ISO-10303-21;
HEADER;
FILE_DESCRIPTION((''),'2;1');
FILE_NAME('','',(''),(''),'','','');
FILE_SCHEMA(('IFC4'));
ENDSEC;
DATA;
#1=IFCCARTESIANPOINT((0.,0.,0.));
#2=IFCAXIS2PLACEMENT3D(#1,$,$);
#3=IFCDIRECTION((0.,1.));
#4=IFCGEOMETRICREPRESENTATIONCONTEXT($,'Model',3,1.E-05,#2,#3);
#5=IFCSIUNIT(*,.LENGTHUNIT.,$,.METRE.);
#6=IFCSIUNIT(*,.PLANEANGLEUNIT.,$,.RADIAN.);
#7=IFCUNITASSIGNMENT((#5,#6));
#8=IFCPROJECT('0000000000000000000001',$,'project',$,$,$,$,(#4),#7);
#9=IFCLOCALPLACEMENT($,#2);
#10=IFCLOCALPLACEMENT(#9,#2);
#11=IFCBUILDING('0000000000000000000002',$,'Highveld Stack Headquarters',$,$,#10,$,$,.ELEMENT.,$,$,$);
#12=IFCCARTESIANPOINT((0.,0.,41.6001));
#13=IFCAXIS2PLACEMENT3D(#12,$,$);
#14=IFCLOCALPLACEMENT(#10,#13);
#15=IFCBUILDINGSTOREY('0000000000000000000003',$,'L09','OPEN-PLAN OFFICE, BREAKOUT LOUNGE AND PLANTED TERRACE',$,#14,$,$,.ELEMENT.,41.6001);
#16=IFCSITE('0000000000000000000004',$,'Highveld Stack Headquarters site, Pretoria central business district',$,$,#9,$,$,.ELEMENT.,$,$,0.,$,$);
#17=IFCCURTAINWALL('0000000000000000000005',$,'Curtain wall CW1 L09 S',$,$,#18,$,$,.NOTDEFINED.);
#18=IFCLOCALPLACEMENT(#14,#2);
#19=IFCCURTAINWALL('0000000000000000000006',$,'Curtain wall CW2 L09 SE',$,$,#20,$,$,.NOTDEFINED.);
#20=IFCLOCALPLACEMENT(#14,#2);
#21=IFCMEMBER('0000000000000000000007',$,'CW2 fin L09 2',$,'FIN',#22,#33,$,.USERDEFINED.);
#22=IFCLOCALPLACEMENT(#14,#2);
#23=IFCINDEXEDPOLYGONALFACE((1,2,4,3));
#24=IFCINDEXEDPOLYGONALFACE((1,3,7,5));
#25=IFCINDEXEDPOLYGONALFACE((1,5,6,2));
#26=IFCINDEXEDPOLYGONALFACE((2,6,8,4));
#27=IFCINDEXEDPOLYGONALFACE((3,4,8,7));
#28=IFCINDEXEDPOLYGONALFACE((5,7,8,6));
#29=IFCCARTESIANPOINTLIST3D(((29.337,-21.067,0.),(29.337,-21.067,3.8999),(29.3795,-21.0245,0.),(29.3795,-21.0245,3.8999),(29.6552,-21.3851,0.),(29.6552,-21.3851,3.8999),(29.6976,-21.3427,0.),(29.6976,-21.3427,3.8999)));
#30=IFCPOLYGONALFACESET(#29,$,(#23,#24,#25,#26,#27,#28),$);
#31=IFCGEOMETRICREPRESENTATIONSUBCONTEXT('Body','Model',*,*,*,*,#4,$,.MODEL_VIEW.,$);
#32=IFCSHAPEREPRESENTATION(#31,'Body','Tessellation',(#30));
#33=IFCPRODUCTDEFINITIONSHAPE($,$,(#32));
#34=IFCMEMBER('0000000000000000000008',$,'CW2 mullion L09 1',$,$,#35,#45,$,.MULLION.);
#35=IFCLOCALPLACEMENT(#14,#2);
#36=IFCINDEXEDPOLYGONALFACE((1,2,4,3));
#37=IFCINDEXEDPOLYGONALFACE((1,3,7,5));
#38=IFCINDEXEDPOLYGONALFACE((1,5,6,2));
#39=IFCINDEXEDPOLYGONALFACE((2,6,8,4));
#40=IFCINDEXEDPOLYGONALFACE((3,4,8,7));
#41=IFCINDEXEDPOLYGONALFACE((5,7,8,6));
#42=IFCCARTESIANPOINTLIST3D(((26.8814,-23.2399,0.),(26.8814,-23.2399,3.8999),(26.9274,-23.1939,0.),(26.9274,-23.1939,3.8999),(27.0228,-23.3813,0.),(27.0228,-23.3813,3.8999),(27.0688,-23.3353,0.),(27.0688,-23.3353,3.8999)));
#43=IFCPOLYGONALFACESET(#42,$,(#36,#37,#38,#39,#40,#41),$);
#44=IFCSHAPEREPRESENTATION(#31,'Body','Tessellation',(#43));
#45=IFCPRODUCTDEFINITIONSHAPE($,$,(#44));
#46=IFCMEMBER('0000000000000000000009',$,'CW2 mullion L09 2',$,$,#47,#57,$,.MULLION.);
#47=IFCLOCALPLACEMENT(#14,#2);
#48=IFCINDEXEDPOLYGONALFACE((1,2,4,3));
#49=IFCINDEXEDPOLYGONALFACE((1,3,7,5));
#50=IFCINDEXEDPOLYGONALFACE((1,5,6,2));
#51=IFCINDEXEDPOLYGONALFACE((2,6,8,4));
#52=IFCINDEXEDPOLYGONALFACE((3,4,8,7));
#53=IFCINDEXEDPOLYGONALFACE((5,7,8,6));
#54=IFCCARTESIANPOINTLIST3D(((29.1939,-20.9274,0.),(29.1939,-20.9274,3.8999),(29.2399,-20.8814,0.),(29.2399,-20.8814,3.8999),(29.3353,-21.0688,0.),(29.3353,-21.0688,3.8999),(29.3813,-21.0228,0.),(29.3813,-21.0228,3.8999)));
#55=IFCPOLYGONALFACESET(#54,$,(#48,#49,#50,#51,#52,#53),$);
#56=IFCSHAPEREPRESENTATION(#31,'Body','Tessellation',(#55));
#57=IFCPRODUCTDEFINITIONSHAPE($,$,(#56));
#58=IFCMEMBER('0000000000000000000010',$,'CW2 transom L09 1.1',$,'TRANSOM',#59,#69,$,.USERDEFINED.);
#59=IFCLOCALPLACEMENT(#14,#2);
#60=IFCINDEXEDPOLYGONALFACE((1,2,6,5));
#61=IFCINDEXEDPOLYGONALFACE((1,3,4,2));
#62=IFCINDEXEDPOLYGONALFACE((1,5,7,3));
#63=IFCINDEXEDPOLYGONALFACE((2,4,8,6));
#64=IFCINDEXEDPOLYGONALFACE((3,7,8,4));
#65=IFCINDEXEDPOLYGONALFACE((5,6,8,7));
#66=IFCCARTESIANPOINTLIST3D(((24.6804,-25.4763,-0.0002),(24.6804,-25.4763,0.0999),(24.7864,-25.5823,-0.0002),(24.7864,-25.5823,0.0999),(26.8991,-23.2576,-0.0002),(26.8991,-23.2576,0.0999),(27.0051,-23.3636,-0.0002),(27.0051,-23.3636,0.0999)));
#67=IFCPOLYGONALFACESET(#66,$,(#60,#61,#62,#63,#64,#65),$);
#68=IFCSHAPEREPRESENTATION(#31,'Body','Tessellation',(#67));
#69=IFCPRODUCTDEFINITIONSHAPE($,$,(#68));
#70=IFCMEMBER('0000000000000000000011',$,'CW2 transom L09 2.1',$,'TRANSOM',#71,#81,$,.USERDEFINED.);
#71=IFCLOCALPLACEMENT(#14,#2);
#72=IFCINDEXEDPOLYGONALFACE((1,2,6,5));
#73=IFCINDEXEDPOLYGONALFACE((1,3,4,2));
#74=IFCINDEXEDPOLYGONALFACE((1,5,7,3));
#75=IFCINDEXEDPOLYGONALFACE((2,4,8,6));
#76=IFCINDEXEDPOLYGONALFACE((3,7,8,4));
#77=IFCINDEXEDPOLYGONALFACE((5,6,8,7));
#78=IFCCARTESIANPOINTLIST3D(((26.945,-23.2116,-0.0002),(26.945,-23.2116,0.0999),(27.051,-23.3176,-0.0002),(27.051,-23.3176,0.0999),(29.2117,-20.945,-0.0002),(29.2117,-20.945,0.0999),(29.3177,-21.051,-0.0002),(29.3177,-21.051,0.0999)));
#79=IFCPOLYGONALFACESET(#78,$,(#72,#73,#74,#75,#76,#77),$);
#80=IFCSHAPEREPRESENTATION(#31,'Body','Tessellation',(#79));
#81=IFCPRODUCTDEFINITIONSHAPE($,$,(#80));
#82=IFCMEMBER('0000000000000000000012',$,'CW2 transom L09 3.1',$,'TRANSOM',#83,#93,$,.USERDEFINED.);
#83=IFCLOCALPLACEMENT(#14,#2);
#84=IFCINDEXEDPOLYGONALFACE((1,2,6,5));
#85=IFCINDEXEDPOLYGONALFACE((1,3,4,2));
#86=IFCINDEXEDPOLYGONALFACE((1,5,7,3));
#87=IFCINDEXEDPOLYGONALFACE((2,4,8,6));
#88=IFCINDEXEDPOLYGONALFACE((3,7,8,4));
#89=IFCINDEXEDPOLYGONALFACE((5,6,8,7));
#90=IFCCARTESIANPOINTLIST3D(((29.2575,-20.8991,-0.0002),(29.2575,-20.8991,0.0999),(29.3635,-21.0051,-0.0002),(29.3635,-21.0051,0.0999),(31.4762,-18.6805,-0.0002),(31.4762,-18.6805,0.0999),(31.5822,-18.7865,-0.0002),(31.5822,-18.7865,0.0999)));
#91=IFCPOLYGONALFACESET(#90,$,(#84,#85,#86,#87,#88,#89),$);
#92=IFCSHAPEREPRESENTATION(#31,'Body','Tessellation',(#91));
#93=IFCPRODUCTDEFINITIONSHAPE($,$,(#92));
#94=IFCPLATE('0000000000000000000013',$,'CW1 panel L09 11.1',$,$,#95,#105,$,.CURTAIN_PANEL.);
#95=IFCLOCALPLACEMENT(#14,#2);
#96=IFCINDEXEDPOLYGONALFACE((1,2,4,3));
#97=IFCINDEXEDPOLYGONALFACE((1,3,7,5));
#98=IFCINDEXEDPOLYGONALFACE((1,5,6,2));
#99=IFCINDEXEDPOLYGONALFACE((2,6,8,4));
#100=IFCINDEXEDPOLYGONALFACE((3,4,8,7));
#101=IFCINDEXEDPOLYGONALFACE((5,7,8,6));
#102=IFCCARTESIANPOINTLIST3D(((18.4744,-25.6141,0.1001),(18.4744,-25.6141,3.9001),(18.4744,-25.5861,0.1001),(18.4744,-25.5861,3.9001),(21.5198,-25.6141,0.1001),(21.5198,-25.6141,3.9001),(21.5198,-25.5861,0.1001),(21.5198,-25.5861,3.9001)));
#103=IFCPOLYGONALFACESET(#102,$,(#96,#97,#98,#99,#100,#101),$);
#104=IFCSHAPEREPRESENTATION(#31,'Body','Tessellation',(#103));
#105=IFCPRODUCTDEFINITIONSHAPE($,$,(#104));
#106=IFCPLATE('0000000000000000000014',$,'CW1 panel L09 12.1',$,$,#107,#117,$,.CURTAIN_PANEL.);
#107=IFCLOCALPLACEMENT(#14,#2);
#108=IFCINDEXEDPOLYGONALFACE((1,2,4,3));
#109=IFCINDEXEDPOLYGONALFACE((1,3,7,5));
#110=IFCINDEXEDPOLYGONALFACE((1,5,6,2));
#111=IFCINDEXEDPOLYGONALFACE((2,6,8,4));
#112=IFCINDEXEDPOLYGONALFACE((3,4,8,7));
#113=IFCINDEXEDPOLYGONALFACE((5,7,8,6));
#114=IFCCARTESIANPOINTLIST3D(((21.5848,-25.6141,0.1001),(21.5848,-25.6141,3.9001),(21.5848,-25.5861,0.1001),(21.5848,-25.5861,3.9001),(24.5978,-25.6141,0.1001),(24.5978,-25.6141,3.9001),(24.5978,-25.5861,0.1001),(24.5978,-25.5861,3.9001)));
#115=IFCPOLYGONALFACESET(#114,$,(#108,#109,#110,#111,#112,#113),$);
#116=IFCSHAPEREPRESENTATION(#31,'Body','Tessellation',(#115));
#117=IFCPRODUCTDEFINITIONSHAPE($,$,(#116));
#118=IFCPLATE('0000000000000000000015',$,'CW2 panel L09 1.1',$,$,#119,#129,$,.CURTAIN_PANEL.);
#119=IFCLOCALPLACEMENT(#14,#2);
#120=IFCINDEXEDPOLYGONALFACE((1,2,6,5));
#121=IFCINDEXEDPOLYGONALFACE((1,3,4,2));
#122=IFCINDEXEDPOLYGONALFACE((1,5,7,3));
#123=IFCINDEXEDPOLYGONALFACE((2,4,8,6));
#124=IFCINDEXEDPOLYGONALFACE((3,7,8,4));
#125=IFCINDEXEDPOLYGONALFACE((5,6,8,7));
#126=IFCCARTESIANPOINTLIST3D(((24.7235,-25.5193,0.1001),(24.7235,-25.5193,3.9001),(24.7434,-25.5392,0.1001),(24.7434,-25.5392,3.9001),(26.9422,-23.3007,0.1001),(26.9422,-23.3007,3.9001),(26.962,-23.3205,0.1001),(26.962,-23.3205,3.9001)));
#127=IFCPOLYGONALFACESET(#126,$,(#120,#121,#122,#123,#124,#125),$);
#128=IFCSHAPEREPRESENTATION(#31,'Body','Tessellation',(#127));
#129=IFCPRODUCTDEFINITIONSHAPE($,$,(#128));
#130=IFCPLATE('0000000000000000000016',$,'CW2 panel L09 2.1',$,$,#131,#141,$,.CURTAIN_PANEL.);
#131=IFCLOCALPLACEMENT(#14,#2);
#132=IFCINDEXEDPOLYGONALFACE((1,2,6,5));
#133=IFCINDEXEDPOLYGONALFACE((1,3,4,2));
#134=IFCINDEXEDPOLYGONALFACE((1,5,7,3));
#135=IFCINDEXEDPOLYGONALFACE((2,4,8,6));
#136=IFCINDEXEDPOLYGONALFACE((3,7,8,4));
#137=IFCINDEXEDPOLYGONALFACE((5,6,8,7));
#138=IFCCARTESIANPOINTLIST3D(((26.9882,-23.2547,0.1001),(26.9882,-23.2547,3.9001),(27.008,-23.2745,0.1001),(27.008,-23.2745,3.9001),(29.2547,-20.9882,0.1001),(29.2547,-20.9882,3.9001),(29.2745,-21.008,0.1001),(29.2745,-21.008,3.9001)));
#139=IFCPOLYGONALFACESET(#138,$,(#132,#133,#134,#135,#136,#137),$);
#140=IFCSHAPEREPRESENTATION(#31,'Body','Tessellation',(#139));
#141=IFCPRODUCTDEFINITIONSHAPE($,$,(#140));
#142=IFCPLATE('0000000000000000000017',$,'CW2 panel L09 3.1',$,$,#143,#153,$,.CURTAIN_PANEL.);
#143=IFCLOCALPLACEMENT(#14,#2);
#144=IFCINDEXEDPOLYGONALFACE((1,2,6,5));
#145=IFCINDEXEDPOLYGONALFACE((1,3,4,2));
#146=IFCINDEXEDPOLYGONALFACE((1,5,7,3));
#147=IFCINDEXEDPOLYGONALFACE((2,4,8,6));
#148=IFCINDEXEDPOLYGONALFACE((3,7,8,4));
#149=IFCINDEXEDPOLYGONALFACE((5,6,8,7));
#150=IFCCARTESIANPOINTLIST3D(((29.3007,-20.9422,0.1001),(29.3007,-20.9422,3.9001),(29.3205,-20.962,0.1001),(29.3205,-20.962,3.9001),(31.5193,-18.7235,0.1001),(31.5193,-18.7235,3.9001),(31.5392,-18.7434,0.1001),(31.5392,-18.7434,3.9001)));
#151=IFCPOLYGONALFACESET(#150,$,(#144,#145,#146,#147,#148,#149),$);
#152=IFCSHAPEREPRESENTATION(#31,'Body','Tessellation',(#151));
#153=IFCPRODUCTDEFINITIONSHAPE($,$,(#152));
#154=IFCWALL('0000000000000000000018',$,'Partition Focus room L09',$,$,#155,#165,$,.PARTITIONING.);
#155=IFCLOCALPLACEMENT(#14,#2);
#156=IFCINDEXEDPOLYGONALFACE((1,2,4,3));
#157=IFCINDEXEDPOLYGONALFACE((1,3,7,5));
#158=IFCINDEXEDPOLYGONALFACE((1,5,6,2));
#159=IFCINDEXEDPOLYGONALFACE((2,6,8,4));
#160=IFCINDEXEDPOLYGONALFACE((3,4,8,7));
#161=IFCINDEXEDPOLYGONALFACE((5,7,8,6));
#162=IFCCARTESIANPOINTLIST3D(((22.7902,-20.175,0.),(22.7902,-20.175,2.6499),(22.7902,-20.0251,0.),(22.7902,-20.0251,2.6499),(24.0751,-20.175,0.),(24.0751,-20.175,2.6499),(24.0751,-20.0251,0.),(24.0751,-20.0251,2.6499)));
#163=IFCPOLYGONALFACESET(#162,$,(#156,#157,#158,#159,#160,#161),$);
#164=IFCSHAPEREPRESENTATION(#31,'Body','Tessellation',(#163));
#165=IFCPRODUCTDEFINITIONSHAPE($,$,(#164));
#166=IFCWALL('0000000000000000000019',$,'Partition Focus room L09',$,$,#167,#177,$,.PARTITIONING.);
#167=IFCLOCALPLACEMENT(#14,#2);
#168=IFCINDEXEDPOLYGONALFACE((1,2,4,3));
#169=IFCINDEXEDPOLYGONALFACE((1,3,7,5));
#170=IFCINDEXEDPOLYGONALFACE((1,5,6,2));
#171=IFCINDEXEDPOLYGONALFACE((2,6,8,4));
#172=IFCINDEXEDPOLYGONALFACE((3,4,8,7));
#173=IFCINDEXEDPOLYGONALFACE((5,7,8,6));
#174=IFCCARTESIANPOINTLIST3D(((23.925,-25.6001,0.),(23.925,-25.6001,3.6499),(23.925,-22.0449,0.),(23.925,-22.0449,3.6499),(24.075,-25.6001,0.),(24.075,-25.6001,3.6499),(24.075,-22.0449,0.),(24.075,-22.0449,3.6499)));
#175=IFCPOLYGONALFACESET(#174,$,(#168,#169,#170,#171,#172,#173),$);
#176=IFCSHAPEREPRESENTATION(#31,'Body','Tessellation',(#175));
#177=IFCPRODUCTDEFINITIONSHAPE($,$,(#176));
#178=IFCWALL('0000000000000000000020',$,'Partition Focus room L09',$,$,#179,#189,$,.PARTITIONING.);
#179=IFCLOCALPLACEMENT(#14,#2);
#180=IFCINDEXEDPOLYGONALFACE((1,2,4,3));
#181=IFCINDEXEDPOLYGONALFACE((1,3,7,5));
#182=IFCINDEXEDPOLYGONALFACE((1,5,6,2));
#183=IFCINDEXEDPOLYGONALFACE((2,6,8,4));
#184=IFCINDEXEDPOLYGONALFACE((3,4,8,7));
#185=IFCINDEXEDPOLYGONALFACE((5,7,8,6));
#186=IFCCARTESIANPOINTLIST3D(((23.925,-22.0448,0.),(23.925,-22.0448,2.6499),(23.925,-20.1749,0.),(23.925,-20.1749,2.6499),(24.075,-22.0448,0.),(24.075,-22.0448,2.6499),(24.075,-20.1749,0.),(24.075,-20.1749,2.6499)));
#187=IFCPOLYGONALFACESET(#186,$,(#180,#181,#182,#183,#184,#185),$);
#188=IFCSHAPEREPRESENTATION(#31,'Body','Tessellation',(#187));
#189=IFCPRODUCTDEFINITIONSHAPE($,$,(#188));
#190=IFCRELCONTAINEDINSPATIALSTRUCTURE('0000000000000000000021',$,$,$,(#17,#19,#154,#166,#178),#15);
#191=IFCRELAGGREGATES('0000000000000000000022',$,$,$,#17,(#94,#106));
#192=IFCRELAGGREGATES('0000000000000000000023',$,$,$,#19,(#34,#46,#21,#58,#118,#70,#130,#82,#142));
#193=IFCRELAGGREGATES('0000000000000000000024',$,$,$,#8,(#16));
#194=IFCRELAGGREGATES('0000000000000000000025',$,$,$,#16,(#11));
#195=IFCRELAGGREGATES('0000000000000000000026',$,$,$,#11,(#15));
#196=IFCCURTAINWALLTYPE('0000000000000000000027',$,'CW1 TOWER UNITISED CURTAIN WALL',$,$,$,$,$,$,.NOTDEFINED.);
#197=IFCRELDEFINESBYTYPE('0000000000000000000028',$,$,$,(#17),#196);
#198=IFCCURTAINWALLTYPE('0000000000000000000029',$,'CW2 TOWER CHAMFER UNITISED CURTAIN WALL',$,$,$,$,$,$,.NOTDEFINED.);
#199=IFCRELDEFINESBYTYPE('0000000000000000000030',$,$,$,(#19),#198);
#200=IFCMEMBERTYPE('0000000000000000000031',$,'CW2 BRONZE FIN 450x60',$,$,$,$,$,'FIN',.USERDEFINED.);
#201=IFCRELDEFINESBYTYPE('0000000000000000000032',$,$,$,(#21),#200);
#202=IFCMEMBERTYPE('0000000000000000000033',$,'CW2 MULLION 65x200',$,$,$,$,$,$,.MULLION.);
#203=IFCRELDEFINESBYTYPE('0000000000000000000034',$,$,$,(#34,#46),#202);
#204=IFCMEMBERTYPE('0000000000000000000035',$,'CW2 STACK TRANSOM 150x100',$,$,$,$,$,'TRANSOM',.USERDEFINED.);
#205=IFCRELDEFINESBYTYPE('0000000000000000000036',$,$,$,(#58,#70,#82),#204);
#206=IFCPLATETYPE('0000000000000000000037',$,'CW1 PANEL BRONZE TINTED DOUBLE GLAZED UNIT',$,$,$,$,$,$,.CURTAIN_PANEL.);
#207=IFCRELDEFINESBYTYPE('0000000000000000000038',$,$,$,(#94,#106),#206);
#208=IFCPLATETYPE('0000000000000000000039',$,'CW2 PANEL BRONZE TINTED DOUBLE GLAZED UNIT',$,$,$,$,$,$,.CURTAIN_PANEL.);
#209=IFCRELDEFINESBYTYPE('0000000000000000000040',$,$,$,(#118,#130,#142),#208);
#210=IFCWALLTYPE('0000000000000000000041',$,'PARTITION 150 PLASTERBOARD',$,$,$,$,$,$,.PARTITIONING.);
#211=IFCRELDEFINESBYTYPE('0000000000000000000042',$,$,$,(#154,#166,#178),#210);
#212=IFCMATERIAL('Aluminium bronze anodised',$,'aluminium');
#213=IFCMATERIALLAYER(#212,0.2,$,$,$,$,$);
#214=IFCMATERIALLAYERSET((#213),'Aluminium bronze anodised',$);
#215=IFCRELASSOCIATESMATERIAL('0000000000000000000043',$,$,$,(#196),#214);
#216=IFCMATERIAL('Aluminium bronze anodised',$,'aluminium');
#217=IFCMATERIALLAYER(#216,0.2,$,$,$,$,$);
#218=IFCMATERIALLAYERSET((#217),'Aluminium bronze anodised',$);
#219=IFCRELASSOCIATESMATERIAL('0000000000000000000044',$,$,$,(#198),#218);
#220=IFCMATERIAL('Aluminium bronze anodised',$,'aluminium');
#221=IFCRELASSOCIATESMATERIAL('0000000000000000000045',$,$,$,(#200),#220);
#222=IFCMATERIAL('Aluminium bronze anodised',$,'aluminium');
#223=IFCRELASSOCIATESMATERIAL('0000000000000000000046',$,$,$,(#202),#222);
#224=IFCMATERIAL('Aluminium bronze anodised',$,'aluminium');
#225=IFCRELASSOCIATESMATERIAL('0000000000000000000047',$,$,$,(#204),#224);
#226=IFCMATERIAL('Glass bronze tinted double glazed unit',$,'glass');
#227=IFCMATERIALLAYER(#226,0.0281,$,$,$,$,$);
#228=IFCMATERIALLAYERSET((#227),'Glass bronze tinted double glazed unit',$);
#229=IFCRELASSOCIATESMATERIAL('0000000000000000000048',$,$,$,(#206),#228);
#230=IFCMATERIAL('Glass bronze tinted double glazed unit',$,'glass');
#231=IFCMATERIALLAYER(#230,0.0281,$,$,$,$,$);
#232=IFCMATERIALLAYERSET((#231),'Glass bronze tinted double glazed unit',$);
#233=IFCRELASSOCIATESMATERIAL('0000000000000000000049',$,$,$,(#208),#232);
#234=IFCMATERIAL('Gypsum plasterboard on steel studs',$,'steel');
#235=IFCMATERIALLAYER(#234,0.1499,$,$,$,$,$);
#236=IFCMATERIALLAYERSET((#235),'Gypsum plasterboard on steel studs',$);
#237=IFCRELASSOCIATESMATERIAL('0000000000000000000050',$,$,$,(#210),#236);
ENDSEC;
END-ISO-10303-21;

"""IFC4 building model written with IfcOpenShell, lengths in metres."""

from ifc_helpers import new_model, si_unit, direction, frame, frame_2d, origin, origin_2d, place, context, subcontext, project, spatial, rectangle, extrude, material, layer, layer_set, material_profile, profile_set, type_object, element, aggregate, save


model = new_model("IFC4")

# Units and contexts
model_context = context("Model", 3, precision=1e-05, world=origin(), true_north=direction((0.0, 1.0)))
body_context = subcontext(model_context, "Body", "Model", "MODEL_VIEW")
ifc_project = project(units=[si_unit("LENGTHUNIT", "METRE"), si_unit("PLANEANGLEUNIT", "RADIAN")], contexts=[model_context])

# Site, building, storey
site_placement = place(None, origin())
site = spatial("IfcSite", under=ifc_project, at=site_placement, Name="Highveld Stack Headquarters site, Pretoria central business district", CompositionType="ELEMENT", RefElevation=0.0)
building_placement = place(site_placement, origin())
building = spatial("IfcBuilding", under=site, at=building_placement, Name="Highveld Stack Headquarters", CompositionType="ELEMENT")
storey_placement = place(building_placement, frame((0.0, 0.0, 41.6001)))
storey = spatial("IfcBuildingStorey", under=building, at=storey_placement, Name="L09", Description="OPEN-PLAN OFFICE, BREAKOUT LOUNGE AND PLANTED TERRACE", CompositionType="ELEMENT", Elevation=41.6001)

# Curtain wall
ifc_material_1 = material(Name="Aluminium bronze anodised", Category="aluminium")
ifc_layer_1 = layer(ifc_material_1, 0.2)
ifc_layer_set_1 = layer_set([ifc_layer_1], Name="Aluminium bronze anodised")
curtain_wall_type_1 = type_object("IfcCurtainWallType", Name="CW1 TOWER UNITISED CURTAIN WALL", PredefinedType="NOTDEFINED", material=ifc_layer_set_1)
curtain_wall_1_placement = place(storey_placement, origin())
curtain_wall_1 = element("IfcCurtainWall", 1, at=curtain_wall_1_placement, inside=storey, type_object=curtain_wall_type_1, Name="Curtain wall CW1 L09 S", PredefinedType="NOTDEFINED")

# Curtain wall, members
ifc_material_2 = material(Name="Aluminium bronze anodised", Category="aluminium")
ifc_layer_2 = layer(ifc_material_2, 0.2)
ifc_layer_set_2 = layer_set([ifc_layer_2], Name="Aluminium bronze anodised")
curtain_wall_type_2 = type_object("IfcCurtainWallType", Name="CW2 TOWER CHAMFER UNITISED CURTAIN WALL", PredefinedType="NOTDEFINED", material=ifc_layer_set_2)
curtain_wall_2_placement = place(storey_placement, origin())
curtain_wall_2 = element("IfcCurtainWall", 2, at=curtain_wall_2_placement, inside=storey, type_object=curtain_wall_type_2, Name="Curtain wall CW2 L09 SE", PredefinedType="NOTDEFINED")
ifc_material_3 = material(Name="Aluminium bronze anodised", Category="aluminium")
ifc_material_profile_1 = material_profile(ifc_material_3, rectangle(XDim=0.45, YDim=0.0601, at=origin_2d()), Name="FIN 450x60")
ifc_profile_set_1 = profile_set([ifc_material_profile_1], Name="Aluminium bronze anodised")
member_type_1 = type_object("IfcMemberType", Name="CW2 BRONZE FIN 450x60", ElementType="FIN", PredefinedType="USERDEFINED", material=ifc_profile_set_1)
member_1_placement = place(storey_placement, frame((29.5173, -21.2048, 0.0), z_axis=(0.0, 0.0, 1.0), x_axis=(-0.707107, 0.707107, 0.0)))
member_1 = element("IfcMember", 3, at=member_1_placement, type_object=member_type_1, Name="CW2 fin L09 2", ObjectType="FIN", PredefinedType="USERDEFINED", context=body_context, shape_type="SweptSolid", body=[
    extrude(rectangle(XDim=0.45, YDim=0.0601, at=origin_2d()), origin(), (0.0, 0.0, 1.0), 3.8999),
])
ifc_material_4 = material(Name="Aluminium bronze anodised", Category="aluminium")
ifc_material_profile_2 = material_profile(ifc_material_4, rectangle(XDim=0.2, YDim=0.0649, at=origin_2d()), Name="CW2 MULLION 65x200")
ifc_profile_set_2 = profile_set([ifc_material_profile_2], Name="Aluminium bronze anodised")
member_type_2 = type_object("IfcMemberType", Name="CW2 MULLION 65x200", PredefinedType="MULLION", material=ifc_profile_set_2)
member_2_placement = place(storey_placement, frame((26.9751, -23.2876, 0.0), z_axis=(0.0, 0.0, 1.0), x_axis=(-0.707107, 0.707107, 0.0)))
member_2 = element("IfcMember", 4, at=member_2_placement, type_object=member_type_2, Name="CW2 mullion L09 1", PredefinedType="MULLION", context=body_context, shape_type="SweptSolid", body=[
    extrude(rectangle(XDim=0.2, YDim=0.0649, at=origin_2d()), origin(), (0.0, 0.0, 1.0), 3.8999),
])
member_3_placement = place(storey_placement, frame((29.2876, -20.9751, 0.0), z_axis=(0.0, 0.0, 1.0), x_axis=(-0.707107, 0.707107, 0.0)))
member_3 = element("IfcMember", 5, at=member_3_placement, type_object=member_type_2, Name="CW2 mullion L09 2", PredefinedType="MULLION", context=body_context, shape_type="SweptSolid", body=[
    extrude(rectangle(XDim=0.2, YDim=0.0649, at=origin_2d()), origin(), (0.0, 0.0, 1.0), 3.8999),
])
ifc_material_5 = material(Name="Aluminium bronze anodised", Category="aluminium")
ifc_material_profile_3 = material_profile(ifc_material_5, rectangle(XDim=0.1499, YDim=0.1001, at=origin_2d()), Name="CW2 TRANSOM 150x100")
ifc_profile_set_3 = profile_set([ifc_material_profile_3], Name="Aluminium bronze anodised")
member_type_3 = type_object("IfcMemberType", Name="CW2 STACK TRANSOM 150x100", ElementType="TRANSOM", PredefinedType="USERDEFINED", material=ifc_profile_set_3)
member_4_placement = place(storey_placement, frame((24.7334, -25.5293, 0.0498), z_axis=(0.707107, 0.707107, 0.0), x_axis=(-0.707107, 0.707107, 0.0)))
member_4 = element("IfcMember", 6, at=member_4_placement, type_object=member_type_3, Name="CW2 transom L09 1.1", ObjectType="TRANSOM", PredefinedType="USERDEFINED", context=body_context, shape_type="SweptSolid", body=[
    extrude(rectangle(XDim=0.1499, YDim=0.1001, at=origin_2d()), origin(), (0.0, 0.0, 1.0), 3.1377),
])
member_5_placement = place(storey_placement, frame((26.998, -23.2646, 0.0498), z_axis=(0.707107, 0.707107, 0.0), x_axis=(-0.707107, 0.707107, 0.0)))
member_5 = element("IfcMember", 7, at=member_5_placement, type_object=member_type_3, Name="CW2 transom L09 2.1", ObjectType="TRANSOM", PredefinedType="USERDEFINED", context=body_context, shape_type="SweptSolid", body=[
    extrude(rectangle(XDim=0.1499, YDim=0.1001, at=origin_2d()), origin(), (0.0, 0.0, 1.0), 3.2056),
])
member_6_placement = place(storey_placement, frame((29.3105, -20.9521, 0.0498), z_axis=(0.707107, 0.707107, 0.0), x_axis=(-0.707107, 0.707107, 0.0)))
member_6 = element("IfcMember", 8, at=member_6_placement, type_object=member_type_3, Name="CW2 transom L09 3.1", ObjectType="TRANSOM", PredefinedType="USERDEFINED", context=body_context, shape_type="SweptSolid", body=[
    extrude(rectangle(XDim=0.1499, YDim=0.1001, at=origin_2d()), origin(), (0.0, 0.0, 1.0), 3.1377),
])

# Plates
ifc_material_6 = material(Name="Glass bronze tinted double glazed unit", Category="glass")
ifc_layer_3 = layer(ifc_material_6, 0.0281)
ifc_layer_set_3 = layer_set([ifc_layer_3], Name="Glass bronze tinted double glazed unit")
plate_type_1 = type_object("IfcPlateType", Name="CW1 PANEL BRONZE TINTED DOUBLE GLAZED UNIT", PredefinedType="CURTAIN_PANEL", material=ifc_layer_set_3)
plate_1_placement = place(storey_placement, frame((19.9971, -25.6001, 0.1001), z_axis=(0.0, 0.0, 1.0), x_axis=(1.0, 0.0, 0.0)))
plate_1 = element("IfcPlate", 9, at=plate_1_placement, type_object=plate_type_1, Name="CW1 panel L09 11.1", PredefinedType="CURTAIN_PANEL", context=body_context, shape_type="SweptSolid", body=[
    extrude(rectangle(XDim=3.0454, YDim=0.0281, at=origin_2d()), origin(), (0.0, 0.0, 1.0), 3.8),
])
plate_2_placement = place(storey_placement, frame((23.0913, -25.6001, 0.1001), z_axis=(0.0, 0.0, 1.0), x_axis=(1.0, 0.0, 0.0)))
plate_2 = element("IfcPlate", 10, at=plate_2_placement, type_object=plate_type_1, Name="CW1 panel L09 12.1", PredefinedType="CURTAIN_PANEL", context=body_context, shape_type="SweptSolid", body=[
    extrude(rectangle(XDim=3.0129, YDim=0.0281, at=origin_2d()), origin(), (0.0, 0.0, 1.0), 3.8),
])
aggregate(curtain_wall_1, [plate_1, plate_2])
ifc_material_7 = material(Name="Glass bronze tinted double glazed unit", Category="glass")
ifc_layer_4 = layer(ifc_material_7, 0.0281)
ifc_layer_set_4 = layer_set([ifc_layer_4], Name="Glass bronze tinted double glazed unit")
plate_type_2 = type_object("IfcPlateType", Name="CW2 PANEL BRONZE TINTED DOUBLE GLAZED UNIT", PredefinedType="CURTAIN_PANEL", material=ifc_layer_set_4)
plate_3_placement = place(storey_placement, frame((25.8428, -24.4199, 0.1001), z_axis=(0.0, 0.0, 1.0), x_axis=(0.707107, 0.707107, 0.0)))
plate_3 = element("IfcPlate", 11, at=plate_3_placement, type_object=plate_type_2, Name="CW2 panel L09 1.1", PredefinedType="CURTAIN_PANEL", context=body_context, shape_type="SweptSolid", body=[
    extrude(rectangle(XDim=3.1377, YDim=0.0281, at=origin_2d()), origin(), (0.0, 0.0, 1.0), 3.8),
])
plate_4_placement = place(storey_placement, frame((28.1313, -22.1313, 0.1001), z_axis=(0.0, 0.0, 1.0), x_axis=(0.707107, 0.707107, 0.0)))
plate_4 = element("IfcPlate", 12, at=plate_4_placement, type_object=plate_type_2, Name="CW2 panel L09 2.1", PredefinedType="CURTAIN_PANEL", context=body_context, shape_type="SweptSolid", body=[
    extrude(rectangle(XDim=3.2053, YDim=0.0281, at=origin_2d()), origin(), (0.0, 0.0, 1.0), 3.8),
])
plate_5_placement = place(storey_placement, frame((30.4199, -19.8428, 0.1001), z_axis=(0.0, 0.0, 1.0), x_axis=(0.707107, 0.707107, 0.0)))
plate_5 = element("IfcPlate", 13, at=plate_5_placement, type_object=plate_type_2, Name="CW2 panel L09 3.1", PredefinedType="CURTAIN_PANEL", context=body_context, shape_type="SweptSolid", body=[
    extrude(rectangle(XDim=3.1377, YDim=0.0281, at=origin_2d()), origin(), (0.0, 0.0, 1.0), 3.8),
])
aggregate(curtain_wall_2, [member_2, member_3, member_1, member_4, plate_3, member_5, plate_4, member_6, plate_5])

# Walls
ifc_material_8 = material(Name="Gypsum plasterboard on steel studs", Category="steel")
ifc_layer_5 = layer(ifc_material_8, 0.1499)
ifc_layer_set_5 = layer_set([ifc_layer_5], Name="Gypsum plasterboard on steel studs")
wall_type = type_object("IfcWallType", Name="PARTITION 150 PLASTERBOARD", PredefinedType="PARTITIONING", material=ifc_layer_set_5)
wall_1_placement = place(storey_placement, frame((22.79, -20.1001, 0.0), z_axis=(0.0, 0.0, 1.0), x_axis=(1.0, 0.0, 0.0)))
element("IfcWall", 14, at=wall_1_placement, inside=storey, type_object=wall_type, Name="Partition Focus room L09", PredefinedType="PARTITIONING", context=body_context, shape_type="SweptSolid", body=[
    extrude(rectangle(XDim=1.2849, YDim=0.1499, at=frame_2d((0.6426, 0.0))), origin(), (0.0, 0.0, 1.0), 2.6499),
])
wall_2_placement = place(storey_placement, frame((24.0, -25.6001, 0.0), z_axis=(0.0, 0.0, 1.0), x_axis=(0.0, 1.0, 0.0)))
element("IfcWall", 15, at=wall_2_placement, inside=storey, type_object=wall_type, Name="Partition Focus room L09", PredefinedType="PARTITIONING", context=body_context, shape_type="SweptSolid", body=[
    extrude(rectangle(XDim=3.5552, YDim=0.1499, at=frame_2d((1.7776, 0.0))), origin(), (0.0, 0.0, 1.0), 3.6499),
])
wall_3_placement = place(storey_placement, frame((24.0, -22.0449, 0.0), z_axis=(0.0, 0.0, 1.0), x_axis=(0.0, 1.0, 0.0)))
element("IfcWall", 16, at=wall_3_placement, inside=storey, type_object=wall_type, Name="Partition Focus room L09", PredefinedType="PARTITIONING", context=body_context, shape_type="SweptSolid", body=[
    extrude(rectangle(XDim=1.8699, YDim=0.1499, at=frame_2d((0.9351, 0.0))), origin(), (0.0, 0.0, 1.0), 2.6499),
])

save(model, "model.ifc")
